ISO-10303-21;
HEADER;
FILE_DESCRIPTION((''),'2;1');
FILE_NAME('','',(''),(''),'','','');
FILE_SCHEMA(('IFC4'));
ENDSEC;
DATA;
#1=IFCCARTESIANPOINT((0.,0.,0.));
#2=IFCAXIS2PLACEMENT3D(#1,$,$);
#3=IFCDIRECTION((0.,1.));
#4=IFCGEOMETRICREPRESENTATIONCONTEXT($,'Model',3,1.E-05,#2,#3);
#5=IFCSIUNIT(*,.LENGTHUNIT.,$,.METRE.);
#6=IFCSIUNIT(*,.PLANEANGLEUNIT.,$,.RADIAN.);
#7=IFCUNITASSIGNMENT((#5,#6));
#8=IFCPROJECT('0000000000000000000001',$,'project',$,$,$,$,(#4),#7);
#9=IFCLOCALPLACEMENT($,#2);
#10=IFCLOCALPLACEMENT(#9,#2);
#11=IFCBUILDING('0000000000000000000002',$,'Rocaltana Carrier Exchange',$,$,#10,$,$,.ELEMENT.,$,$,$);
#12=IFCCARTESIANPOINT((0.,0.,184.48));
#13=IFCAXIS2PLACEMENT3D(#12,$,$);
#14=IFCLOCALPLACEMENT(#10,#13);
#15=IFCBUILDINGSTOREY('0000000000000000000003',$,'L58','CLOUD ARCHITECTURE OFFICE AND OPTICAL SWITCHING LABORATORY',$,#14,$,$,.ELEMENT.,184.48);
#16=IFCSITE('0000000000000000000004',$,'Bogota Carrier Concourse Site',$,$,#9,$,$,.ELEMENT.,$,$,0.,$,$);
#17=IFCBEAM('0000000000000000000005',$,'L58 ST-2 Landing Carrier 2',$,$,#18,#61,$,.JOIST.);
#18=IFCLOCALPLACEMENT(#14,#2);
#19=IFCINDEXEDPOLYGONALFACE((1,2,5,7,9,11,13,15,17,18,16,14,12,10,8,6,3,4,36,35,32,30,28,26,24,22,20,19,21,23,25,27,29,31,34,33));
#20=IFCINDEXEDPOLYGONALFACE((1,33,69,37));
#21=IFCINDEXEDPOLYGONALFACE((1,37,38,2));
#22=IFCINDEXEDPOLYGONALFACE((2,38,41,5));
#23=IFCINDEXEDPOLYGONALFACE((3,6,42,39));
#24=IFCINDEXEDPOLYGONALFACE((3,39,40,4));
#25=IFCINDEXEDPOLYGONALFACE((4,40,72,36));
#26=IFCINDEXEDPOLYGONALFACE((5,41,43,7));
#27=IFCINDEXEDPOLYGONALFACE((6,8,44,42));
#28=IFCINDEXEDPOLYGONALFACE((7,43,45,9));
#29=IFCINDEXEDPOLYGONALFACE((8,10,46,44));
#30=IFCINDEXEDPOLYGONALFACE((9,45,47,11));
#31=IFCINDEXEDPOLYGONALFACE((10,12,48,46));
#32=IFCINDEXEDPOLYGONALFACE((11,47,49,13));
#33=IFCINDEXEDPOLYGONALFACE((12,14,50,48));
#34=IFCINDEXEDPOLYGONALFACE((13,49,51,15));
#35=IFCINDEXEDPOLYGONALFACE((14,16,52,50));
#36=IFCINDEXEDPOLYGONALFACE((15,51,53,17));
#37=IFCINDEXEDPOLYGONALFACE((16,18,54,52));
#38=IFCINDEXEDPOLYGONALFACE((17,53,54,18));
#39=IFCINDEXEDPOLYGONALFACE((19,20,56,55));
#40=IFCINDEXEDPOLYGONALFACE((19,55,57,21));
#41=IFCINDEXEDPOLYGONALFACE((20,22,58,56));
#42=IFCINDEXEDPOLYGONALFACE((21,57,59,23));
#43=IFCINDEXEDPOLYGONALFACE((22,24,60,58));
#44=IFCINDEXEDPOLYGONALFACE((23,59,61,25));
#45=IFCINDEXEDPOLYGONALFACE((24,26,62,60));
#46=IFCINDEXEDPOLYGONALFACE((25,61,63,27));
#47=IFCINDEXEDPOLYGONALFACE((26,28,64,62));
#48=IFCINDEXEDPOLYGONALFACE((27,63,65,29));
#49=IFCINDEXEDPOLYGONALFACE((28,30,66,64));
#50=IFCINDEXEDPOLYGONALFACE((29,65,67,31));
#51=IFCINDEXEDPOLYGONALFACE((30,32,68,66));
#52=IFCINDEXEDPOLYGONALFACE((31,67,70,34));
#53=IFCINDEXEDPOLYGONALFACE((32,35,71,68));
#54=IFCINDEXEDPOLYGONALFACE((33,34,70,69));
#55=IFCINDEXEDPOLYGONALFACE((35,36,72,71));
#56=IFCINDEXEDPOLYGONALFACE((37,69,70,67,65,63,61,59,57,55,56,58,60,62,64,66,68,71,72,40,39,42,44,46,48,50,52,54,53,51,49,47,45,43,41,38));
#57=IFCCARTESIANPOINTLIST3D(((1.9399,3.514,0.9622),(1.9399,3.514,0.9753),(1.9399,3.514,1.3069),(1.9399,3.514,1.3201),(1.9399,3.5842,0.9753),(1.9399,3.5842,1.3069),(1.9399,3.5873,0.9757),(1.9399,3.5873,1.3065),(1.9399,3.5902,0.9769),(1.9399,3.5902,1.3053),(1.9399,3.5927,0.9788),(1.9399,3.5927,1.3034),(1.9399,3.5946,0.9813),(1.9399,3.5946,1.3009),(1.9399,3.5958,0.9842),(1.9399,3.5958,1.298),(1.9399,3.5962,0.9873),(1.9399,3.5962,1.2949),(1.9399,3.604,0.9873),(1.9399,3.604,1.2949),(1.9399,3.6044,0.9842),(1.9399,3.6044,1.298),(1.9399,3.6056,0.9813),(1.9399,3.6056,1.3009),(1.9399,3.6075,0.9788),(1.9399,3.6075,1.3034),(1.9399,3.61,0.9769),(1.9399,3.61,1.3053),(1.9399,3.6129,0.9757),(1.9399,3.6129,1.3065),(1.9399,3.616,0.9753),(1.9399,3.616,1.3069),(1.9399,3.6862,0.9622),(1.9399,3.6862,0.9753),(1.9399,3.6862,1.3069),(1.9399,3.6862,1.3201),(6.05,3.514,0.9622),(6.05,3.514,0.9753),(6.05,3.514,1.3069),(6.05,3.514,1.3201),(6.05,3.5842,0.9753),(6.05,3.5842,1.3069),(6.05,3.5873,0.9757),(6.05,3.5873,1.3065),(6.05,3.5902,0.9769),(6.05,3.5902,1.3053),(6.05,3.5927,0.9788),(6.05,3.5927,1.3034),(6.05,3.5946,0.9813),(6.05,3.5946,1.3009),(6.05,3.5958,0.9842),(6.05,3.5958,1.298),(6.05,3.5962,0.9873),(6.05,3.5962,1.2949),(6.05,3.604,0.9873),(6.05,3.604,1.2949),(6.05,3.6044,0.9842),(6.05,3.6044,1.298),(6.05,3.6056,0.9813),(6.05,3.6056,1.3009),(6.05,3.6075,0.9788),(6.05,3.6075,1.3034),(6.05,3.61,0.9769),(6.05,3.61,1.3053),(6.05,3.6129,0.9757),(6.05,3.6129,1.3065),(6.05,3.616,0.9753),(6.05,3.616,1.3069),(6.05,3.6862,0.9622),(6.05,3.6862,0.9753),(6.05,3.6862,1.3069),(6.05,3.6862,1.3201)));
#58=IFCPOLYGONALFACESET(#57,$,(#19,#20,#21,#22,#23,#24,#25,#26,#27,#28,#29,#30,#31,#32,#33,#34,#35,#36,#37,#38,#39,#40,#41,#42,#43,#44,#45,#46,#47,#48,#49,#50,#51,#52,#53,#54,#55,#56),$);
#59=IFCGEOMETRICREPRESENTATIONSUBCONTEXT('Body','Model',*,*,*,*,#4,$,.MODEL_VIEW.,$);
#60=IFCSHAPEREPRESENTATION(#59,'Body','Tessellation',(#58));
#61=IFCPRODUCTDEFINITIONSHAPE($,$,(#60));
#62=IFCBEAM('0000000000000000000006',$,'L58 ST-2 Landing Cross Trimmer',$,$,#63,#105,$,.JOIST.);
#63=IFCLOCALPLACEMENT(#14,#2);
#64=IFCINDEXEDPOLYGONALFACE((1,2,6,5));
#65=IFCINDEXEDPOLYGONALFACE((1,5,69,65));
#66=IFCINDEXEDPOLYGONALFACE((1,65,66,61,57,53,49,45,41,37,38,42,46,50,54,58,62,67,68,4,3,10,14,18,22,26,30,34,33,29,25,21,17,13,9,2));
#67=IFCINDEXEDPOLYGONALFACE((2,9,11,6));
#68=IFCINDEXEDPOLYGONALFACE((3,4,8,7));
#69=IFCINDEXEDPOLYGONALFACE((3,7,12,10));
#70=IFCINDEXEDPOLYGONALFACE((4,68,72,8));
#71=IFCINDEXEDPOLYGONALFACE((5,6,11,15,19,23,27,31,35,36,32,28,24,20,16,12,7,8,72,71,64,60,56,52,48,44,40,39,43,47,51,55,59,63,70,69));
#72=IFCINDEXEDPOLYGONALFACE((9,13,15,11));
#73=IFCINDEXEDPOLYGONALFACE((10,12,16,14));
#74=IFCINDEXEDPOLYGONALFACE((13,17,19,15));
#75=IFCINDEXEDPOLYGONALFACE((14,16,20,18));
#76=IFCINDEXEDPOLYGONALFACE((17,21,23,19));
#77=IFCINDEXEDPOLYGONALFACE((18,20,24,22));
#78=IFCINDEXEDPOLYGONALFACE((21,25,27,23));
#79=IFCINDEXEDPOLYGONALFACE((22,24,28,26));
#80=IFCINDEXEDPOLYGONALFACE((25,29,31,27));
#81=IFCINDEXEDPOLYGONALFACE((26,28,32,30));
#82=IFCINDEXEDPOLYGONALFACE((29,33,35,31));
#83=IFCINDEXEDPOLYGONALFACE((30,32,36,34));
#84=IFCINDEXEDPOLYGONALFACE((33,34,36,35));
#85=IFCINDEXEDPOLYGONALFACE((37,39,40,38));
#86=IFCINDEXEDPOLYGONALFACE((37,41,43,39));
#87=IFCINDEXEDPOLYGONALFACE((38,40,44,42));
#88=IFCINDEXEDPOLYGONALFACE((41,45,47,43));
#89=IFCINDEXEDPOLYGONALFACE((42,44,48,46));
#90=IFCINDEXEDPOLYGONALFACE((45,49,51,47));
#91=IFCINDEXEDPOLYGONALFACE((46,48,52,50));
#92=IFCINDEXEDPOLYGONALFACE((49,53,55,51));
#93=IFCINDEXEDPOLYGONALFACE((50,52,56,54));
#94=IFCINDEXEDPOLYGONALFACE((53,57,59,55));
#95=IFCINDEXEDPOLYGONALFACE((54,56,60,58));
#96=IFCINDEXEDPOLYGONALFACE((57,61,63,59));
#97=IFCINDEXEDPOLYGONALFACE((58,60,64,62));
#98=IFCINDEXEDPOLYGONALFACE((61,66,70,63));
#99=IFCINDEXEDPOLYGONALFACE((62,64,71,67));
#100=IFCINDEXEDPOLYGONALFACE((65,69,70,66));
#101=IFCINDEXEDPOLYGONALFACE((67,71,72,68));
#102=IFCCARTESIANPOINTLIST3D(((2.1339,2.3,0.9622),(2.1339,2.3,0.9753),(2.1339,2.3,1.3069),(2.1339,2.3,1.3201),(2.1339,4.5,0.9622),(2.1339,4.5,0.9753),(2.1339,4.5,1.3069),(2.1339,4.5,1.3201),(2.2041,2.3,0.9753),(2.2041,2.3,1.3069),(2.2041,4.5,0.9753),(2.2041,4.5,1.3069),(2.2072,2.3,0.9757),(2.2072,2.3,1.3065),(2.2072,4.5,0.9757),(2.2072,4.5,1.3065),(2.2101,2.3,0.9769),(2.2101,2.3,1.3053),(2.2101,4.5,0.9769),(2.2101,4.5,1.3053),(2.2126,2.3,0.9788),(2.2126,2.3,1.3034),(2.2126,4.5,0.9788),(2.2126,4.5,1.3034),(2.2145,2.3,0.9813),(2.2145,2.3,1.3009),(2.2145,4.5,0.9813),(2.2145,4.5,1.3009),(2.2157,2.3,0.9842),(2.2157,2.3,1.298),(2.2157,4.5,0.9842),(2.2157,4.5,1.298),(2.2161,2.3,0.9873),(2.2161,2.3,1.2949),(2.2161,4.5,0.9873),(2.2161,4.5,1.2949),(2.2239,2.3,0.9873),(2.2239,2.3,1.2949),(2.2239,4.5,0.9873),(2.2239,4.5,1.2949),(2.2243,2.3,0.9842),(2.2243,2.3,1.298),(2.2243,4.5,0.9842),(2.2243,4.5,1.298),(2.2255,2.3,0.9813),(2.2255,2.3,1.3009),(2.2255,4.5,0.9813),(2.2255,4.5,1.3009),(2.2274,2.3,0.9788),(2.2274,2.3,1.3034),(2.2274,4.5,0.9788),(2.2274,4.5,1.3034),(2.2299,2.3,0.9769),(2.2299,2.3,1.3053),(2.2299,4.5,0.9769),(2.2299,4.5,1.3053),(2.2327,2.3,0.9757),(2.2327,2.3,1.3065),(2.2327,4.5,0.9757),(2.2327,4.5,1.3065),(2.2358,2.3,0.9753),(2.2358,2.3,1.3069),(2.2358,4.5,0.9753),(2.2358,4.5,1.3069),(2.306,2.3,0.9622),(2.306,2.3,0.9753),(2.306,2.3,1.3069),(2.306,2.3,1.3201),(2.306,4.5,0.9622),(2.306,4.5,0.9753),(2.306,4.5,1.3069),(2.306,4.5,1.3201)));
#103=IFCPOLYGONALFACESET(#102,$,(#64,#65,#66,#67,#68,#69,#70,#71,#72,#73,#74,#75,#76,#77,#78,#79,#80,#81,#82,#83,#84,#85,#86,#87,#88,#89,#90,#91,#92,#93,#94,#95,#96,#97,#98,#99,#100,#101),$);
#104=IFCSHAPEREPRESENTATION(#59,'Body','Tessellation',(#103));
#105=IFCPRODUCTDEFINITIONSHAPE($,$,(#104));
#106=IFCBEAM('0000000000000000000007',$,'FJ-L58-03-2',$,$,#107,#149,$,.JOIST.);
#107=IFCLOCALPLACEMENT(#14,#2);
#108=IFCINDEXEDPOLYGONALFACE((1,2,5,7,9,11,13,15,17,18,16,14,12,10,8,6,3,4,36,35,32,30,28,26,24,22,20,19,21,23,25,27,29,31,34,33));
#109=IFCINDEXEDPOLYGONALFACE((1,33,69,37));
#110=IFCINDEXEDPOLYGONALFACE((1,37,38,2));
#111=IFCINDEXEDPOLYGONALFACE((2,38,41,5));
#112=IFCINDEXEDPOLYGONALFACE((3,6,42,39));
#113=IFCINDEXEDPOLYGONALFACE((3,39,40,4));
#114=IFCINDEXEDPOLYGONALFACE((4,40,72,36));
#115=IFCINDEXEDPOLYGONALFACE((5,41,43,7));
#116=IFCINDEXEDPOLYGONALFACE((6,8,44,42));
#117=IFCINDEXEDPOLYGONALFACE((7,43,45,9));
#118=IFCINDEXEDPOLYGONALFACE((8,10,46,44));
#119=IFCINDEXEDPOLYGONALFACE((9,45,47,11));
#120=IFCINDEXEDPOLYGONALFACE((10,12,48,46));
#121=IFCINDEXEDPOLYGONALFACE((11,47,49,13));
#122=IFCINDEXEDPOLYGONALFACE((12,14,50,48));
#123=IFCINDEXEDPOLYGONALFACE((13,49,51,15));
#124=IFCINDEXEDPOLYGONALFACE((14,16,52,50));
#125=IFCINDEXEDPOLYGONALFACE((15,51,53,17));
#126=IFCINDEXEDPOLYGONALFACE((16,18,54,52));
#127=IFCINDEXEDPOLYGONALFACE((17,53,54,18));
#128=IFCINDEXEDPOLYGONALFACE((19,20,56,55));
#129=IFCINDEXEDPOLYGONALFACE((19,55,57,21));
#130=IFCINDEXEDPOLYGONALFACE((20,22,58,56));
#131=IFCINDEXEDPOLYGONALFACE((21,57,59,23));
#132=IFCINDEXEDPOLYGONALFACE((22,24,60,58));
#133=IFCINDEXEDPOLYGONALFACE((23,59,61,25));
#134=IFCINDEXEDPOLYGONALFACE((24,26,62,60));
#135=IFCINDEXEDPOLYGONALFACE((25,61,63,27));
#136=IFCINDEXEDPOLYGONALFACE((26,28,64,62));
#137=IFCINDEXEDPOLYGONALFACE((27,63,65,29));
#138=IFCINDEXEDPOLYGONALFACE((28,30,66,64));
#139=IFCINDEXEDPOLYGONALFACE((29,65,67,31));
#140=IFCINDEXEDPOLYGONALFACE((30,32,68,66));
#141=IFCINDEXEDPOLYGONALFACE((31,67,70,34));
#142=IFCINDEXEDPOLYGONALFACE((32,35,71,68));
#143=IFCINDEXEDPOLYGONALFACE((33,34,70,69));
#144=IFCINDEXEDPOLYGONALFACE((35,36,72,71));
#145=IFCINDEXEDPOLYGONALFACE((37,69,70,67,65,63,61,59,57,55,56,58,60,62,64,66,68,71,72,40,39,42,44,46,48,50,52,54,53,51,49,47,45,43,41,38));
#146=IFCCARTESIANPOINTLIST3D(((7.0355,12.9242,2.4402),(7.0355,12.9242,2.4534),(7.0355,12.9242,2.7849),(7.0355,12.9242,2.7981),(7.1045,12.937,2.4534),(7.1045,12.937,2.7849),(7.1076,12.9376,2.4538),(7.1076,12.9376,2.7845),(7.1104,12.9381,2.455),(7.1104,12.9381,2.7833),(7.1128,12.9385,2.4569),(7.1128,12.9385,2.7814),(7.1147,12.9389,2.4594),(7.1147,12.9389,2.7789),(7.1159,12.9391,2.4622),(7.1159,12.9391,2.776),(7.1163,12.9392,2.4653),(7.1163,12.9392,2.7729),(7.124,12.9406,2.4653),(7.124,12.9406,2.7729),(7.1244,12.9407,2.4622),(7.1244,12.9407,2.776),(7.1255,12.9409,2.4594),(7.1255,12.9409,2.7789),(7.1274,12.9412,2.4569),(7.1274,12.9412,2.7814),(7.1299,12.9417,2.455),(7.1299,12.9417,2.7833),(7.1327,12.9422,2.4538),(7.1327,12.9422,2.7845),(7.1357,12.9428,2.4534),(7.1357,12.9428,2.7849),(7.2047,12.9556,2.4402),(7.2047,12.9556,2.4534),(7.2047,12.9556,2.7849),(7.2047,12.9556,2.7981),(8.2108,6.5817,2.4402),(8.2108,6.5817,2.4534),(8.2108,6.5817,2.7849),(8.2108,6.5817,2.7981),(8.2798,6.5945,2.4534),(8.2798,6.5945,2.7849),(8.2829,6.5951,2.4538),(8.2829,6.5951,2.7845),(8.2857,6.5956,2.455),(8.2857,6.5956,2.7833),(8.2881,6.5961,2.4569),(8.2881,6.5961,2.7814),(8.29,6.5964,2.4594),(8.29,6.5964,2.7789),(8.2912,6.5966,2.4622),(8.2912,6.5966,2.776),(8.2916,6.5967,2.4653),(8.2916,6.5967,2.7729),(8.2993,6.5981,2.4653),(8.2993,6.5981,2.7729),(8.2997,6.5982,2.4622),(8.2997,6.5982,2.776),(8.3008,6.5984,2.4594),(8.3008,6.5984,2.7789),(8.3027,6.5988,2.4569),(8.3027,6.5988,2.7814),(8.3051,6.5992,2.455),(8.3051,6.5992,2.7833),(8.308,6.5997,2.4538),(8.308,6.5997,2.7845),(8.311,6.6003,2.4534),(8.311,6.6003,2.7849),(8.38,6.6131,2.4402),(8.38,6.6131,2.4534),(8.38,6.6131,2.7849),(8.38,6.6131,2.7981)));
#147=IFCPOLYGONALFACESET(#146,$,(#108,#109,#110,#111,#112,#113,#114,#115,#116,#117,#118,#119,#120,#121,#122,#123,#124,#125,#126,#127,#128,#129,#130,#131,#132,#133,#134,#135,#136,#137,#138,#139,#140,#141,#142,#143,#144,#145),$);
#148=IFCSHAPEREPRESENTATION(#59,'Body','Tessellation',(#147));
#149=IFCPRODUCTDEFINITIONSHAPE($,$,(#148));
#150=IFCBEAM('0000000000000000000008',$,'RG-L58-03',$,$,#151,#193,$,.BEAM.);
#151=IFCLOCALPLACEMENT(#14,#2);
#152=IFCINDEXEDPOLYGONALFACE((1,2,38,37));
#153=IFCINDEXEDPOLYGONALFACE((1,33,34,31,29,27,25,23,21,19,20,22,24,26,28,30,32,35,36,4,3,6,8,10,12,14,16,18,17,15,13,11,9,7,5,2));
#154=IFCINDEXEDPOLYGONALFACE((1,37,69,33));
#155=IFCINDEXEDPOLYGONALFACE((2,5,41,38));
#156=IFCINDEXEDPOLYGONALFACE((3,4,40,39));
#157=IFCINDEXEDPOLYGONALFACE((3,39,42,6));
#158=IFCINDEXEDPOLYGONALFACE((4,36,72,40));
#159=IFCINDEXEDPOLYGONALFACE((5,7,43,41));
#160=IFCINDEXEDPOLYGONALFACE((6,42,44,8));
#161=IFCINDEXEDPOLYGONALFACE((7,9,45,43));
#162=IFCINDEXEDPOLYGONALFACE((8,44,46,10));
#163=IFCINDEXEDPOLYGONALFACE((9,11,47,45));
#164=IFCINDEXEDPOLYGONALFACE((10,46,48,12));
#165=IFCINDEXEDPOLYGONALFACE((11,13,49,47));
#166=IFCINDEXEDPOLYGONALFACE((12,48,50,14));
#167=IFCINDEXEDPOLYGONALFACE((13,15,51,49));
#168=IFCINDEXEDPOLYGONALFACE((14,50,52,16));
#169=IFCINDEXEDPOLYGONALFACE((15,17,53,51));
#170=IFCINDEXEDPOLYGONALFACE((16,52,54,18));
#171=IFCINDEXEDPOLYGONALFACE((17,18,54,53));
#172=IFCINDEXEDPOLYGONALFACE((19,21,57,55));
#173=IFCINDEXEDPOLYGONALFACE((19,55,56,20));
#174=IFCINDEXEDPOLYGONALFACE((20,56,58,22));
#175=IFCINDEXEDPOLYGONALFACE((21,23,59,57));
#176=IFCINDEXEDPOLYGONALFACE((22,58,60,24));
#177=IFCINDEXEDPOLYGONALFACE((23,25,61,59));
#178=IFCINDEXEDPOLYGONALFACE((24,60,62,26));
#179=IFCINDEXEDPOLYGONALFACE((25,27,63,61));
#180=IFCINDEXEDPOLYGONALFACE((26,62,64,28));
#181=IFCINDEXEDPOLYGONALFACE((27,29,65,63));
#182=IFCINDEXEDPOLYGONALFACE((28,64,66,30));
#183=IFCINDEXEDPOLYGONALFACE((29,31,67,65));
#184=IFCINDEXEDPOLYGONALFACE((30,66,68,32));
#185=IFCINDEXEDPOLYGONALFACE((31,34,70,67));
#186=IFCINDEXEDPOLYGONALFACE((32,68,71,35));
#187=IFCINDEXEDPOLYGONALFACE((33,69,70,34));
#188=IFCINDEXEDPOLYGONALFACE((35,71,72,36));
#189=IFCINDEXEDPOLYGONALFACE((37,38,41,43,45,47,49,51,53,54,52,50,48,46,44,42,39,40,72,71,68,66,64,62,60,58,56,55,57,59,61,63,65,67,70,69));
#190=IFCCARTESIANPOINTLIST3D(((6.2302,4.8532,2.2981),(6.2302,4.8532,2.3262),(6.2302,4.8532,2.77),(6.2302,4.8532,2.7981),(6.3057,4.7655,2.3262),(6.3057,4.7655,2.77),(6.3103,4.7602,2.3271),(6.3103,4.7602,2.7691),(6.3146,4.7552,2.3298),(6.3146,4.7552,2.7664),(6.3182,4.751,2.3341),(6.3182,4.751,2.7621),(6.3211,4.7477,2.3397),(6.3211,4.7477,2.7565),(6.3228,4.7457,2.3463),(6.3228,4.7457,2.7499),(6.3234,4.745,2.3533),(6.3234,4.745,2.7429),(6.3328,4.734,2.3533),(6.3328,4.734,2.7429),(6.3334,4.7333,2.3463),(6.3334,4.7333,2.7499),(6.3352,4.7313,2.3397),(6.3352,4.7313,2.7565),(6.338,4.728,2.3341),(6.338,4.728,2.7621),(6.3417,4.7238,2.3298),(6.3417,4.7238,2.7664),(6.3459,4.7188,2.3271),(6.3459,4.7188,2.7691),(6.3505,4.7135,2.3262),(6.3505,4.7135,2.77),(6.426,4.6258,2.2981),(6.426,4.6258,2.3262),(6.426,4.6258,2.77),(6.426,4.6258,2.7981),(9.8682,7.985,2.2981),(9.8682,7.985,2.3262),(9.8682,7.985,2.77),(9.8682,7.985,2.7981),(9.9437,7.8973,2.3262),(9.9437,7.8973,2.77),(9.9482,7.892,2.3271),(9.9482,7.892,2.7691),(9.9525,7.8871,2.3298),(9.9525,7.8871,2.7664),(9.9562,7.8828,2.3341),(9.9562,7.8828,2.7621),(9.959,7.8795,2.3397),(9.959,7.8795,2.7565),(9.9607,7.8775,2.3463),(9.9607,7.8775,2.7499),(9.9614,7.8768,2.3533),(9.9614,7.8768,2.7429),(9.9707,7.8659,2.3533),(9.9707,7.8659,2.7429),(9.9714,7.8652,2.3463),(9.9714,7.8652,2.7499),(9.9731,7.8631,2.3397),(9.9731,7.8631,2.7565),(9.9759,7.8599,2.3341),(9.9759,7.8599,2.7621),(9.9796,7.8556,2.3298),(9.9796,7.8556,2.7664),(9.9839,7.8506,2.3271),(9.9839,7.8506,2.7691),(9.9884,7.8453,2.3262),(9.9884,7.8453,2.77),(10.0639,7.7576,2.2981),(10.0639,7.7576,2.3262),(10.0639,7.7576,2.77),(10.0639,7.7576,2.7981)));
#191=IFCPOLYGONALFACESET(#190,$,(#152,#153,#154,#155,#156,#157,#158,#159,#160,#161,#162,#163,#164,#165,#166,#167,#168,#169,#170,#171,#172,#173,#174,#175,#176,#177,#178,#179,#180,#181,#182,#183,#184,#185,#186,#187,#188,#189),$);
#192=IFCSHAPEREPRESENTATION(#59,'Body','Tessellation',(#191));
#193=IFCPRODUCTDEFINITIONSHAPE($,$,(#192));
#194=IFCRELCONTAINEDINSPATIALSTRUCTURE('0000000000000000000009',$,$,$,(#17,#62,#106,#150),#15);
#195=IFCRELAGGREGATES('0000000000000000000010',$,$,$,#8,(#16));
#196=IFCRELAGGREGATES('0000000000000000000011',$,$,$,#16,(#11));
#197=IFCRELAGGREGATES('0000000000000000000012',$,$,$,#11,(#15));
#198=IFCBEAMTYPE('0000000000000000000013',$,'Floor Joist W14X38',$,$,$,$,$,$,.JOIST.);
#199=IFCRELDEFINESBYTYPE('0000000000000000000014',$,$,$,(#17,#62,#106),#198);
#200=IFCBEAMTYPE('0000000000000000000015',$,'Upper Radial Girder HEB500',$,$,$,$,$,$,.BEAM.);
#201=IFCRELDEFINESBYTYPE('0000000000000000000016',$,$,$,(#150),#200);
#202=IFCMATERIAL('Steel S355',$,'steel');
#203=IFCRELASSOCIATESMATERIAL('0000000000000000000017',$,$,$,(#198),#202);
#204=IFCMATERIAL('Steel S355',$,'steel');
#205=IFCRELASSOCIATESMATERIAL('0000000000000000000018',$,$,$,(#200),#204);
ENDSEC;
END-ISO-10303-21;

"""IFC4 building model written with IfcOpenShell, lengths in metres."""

from ifc_helpers import new_model, si_unit, direction, frame, origin, origin_2d, place, context, subcontext, project, spatial, i_section, extrude, material, material_profile, profile_set, type_object, element, save


model = new_model("IFC4")

# Units and contexts
model_context = context("Model", 3, precision=1e-05, world=origin(), true_north=direction((0.0, 1.0)))
body_context = subcontext(model_context, "Body", "Model", "MODEL_VIEW")
ifc_project = project(units=[si_unit("LENGTHUNIT", "METRE"), si_unit("PLANEANGLEUNIT", "RADIAN")], contexts=[model_context])

# Site, building, storey
site_placement = place(None, origin())
site = spatial("IfcSite", under=ifc_project, at=site_placement, Name="Bogota Carrier Concourse Site", CompositionType="ELEMENT", RefElevation=0.0)
building_placement = place(site_placement, origin())
building = spatial("IfcBuilding", under=site, at=building_placement, Name="Rocaltana Carrier Exchange", CompositionType="ELEMENT")
storey_placement = place(building_placement, frame((0.0, 0.0, 184.48)))
storey = spatial("IfcBuildingStorey", under=building, at=storey_placement, Name="L58", Description="CLOUD ARCHITECTURE OFFICE AND OPTICAL SWITCHING LABORATORY", CompositionType="ELEMENT", Elevation=184.48)

# Beams
ifc_material_1 = material(Name="Steel S355", Category="steel")
ifc_material_profile_1 = material_profile(ifc_material_1, i_section(OverallWidth=0.1721, OverallDepth=0.3579, WebThickness=0.0078, FlangeThickness=0.0132, FilletRadius=0.012, at=origin_2d()), Name="W14X38")
ifc_profile_set_1 = profile_set([ifc_material_profile_1], Name="Steel S355")
beam_type_1 = type_object("IfcBeamType", Name="Floor Joist W14X38", PredefinedType="JOIST", material=ifc_profile_set_1)
for number, where, z_axis, x_axis, name in (
    (1, (1.9399, 3.6001, 1.1411), (1.0, 0.0, 0.0), (0.0, 1.0, 0.0), "L58 ST-2 Landing Carrier 2"),
):
    element("IfcBeam", number, at=place(storey_placement, frame(where, z_axis=z_axis, x_axis=x_axis)), inside=storey, type_object=beam_type_1, Name=name, PredefinedType="JOIST", context=body_context, shape_type="SweptSolid", body=[
        extrude(i_section(OverallWidth=0.1721, OverallDepth=0.3579, WebThickness=0.0078, FlangeThickness=0.0132, FilletRadius=0.012, at=origin_2d()), origin(), (0.0, 0.0, 1.0), 4.1101),
    ])
beam_1_placement = place(storey_placement, frame((2.22, 2.3, 1.1411), z_axis=(0.0, 1.0, 0.0), x_axis=(-1.0, 0.0, 0.0)))
element("IfcBeam", 2, at=beam_1_placement, inside=storey, type_object=beam_type_1, Name="L58 ST-2 Landing Cross Trimmer", PredefinedType="JOIST", context=body_context, shape_type="SweptSolid", body=[
    extrude(i_section(OverallWidth=0.1721, OverallDepth=0.3579, WebThickness=0.0078, FlangeThickness=0.0132, FilletRadius=0.012, at=origin_2d()), origin(), (0.0, 0.0, 1.0), 2.2),
])
beam_2_placement = place(storey_placement, frame((8.2954, 6.5974, 2.6191), z_axis=(-0.182202, 0.983261, 0.0), x_axis=(-0.983261, -0.182202, 0.0)))
element("IfcBeam", 3, at=beam_2_placement, inside=storey, type_object=beam_type_1, Name="FJ-L58-03-2", PredefinedType="JOIST", context=body_context, shape_type="SweptSolid", body=[
    extrude(i_section(OverallWidth=0.1721, OverallDepth=0.3579, WebThickness=0.0078, FlangeThickness=0.0132, FilletRadius=0.012, at=origin_2d()), origin(), (0.0, 0.0, 1.0), 6.4504),
])
ifc_material_2 = material(Name="Steel S355", Category="steel")
ifc_material_profile_2 = material_profile(ifc_material_2, i_section(OverallWidth=0.3, OverallDepth=0.5, WebThickness=0.0144, FlangeThickness=0.0281, FilletRadius=0.0271, at=origin_2d()), Name="HEB500")
ifc_profile_set_2 = profile_set([ifc_material_profile_2], Name="Steel S355")
beam_type_2 = type_object("IfcBeamType", Name="Upper Radial Girder HEB500", PredefinedType="BEAM", material=ifc_profile_set_2)
beam_3_placement = place(storey_placement, frame((6.3281, 4.7395, 2.5481), z_axis=(0.757855, 0.652423, 0.0), x_axis=(-0.652423, 0.757855, 0.0)))
element("IfcBeam", 4, at=beam_3_placement, inside=storey, type_object=beam_type_2, Name="RG-L58-03", PredefinedType="BEAM", context=body_context, shape_type="SweptSolid", body=[
    extrude(i_section(OverallWidth=0.3, OverallDepth=0.5, WebThickness=0.0144, FlangeThickness=0.0281, FilletRadius=0.0271, at=origin_2d()), origin(), (0.0, 0.0, 1.0), 4.8003),
])

save(model, "model.ifc")
